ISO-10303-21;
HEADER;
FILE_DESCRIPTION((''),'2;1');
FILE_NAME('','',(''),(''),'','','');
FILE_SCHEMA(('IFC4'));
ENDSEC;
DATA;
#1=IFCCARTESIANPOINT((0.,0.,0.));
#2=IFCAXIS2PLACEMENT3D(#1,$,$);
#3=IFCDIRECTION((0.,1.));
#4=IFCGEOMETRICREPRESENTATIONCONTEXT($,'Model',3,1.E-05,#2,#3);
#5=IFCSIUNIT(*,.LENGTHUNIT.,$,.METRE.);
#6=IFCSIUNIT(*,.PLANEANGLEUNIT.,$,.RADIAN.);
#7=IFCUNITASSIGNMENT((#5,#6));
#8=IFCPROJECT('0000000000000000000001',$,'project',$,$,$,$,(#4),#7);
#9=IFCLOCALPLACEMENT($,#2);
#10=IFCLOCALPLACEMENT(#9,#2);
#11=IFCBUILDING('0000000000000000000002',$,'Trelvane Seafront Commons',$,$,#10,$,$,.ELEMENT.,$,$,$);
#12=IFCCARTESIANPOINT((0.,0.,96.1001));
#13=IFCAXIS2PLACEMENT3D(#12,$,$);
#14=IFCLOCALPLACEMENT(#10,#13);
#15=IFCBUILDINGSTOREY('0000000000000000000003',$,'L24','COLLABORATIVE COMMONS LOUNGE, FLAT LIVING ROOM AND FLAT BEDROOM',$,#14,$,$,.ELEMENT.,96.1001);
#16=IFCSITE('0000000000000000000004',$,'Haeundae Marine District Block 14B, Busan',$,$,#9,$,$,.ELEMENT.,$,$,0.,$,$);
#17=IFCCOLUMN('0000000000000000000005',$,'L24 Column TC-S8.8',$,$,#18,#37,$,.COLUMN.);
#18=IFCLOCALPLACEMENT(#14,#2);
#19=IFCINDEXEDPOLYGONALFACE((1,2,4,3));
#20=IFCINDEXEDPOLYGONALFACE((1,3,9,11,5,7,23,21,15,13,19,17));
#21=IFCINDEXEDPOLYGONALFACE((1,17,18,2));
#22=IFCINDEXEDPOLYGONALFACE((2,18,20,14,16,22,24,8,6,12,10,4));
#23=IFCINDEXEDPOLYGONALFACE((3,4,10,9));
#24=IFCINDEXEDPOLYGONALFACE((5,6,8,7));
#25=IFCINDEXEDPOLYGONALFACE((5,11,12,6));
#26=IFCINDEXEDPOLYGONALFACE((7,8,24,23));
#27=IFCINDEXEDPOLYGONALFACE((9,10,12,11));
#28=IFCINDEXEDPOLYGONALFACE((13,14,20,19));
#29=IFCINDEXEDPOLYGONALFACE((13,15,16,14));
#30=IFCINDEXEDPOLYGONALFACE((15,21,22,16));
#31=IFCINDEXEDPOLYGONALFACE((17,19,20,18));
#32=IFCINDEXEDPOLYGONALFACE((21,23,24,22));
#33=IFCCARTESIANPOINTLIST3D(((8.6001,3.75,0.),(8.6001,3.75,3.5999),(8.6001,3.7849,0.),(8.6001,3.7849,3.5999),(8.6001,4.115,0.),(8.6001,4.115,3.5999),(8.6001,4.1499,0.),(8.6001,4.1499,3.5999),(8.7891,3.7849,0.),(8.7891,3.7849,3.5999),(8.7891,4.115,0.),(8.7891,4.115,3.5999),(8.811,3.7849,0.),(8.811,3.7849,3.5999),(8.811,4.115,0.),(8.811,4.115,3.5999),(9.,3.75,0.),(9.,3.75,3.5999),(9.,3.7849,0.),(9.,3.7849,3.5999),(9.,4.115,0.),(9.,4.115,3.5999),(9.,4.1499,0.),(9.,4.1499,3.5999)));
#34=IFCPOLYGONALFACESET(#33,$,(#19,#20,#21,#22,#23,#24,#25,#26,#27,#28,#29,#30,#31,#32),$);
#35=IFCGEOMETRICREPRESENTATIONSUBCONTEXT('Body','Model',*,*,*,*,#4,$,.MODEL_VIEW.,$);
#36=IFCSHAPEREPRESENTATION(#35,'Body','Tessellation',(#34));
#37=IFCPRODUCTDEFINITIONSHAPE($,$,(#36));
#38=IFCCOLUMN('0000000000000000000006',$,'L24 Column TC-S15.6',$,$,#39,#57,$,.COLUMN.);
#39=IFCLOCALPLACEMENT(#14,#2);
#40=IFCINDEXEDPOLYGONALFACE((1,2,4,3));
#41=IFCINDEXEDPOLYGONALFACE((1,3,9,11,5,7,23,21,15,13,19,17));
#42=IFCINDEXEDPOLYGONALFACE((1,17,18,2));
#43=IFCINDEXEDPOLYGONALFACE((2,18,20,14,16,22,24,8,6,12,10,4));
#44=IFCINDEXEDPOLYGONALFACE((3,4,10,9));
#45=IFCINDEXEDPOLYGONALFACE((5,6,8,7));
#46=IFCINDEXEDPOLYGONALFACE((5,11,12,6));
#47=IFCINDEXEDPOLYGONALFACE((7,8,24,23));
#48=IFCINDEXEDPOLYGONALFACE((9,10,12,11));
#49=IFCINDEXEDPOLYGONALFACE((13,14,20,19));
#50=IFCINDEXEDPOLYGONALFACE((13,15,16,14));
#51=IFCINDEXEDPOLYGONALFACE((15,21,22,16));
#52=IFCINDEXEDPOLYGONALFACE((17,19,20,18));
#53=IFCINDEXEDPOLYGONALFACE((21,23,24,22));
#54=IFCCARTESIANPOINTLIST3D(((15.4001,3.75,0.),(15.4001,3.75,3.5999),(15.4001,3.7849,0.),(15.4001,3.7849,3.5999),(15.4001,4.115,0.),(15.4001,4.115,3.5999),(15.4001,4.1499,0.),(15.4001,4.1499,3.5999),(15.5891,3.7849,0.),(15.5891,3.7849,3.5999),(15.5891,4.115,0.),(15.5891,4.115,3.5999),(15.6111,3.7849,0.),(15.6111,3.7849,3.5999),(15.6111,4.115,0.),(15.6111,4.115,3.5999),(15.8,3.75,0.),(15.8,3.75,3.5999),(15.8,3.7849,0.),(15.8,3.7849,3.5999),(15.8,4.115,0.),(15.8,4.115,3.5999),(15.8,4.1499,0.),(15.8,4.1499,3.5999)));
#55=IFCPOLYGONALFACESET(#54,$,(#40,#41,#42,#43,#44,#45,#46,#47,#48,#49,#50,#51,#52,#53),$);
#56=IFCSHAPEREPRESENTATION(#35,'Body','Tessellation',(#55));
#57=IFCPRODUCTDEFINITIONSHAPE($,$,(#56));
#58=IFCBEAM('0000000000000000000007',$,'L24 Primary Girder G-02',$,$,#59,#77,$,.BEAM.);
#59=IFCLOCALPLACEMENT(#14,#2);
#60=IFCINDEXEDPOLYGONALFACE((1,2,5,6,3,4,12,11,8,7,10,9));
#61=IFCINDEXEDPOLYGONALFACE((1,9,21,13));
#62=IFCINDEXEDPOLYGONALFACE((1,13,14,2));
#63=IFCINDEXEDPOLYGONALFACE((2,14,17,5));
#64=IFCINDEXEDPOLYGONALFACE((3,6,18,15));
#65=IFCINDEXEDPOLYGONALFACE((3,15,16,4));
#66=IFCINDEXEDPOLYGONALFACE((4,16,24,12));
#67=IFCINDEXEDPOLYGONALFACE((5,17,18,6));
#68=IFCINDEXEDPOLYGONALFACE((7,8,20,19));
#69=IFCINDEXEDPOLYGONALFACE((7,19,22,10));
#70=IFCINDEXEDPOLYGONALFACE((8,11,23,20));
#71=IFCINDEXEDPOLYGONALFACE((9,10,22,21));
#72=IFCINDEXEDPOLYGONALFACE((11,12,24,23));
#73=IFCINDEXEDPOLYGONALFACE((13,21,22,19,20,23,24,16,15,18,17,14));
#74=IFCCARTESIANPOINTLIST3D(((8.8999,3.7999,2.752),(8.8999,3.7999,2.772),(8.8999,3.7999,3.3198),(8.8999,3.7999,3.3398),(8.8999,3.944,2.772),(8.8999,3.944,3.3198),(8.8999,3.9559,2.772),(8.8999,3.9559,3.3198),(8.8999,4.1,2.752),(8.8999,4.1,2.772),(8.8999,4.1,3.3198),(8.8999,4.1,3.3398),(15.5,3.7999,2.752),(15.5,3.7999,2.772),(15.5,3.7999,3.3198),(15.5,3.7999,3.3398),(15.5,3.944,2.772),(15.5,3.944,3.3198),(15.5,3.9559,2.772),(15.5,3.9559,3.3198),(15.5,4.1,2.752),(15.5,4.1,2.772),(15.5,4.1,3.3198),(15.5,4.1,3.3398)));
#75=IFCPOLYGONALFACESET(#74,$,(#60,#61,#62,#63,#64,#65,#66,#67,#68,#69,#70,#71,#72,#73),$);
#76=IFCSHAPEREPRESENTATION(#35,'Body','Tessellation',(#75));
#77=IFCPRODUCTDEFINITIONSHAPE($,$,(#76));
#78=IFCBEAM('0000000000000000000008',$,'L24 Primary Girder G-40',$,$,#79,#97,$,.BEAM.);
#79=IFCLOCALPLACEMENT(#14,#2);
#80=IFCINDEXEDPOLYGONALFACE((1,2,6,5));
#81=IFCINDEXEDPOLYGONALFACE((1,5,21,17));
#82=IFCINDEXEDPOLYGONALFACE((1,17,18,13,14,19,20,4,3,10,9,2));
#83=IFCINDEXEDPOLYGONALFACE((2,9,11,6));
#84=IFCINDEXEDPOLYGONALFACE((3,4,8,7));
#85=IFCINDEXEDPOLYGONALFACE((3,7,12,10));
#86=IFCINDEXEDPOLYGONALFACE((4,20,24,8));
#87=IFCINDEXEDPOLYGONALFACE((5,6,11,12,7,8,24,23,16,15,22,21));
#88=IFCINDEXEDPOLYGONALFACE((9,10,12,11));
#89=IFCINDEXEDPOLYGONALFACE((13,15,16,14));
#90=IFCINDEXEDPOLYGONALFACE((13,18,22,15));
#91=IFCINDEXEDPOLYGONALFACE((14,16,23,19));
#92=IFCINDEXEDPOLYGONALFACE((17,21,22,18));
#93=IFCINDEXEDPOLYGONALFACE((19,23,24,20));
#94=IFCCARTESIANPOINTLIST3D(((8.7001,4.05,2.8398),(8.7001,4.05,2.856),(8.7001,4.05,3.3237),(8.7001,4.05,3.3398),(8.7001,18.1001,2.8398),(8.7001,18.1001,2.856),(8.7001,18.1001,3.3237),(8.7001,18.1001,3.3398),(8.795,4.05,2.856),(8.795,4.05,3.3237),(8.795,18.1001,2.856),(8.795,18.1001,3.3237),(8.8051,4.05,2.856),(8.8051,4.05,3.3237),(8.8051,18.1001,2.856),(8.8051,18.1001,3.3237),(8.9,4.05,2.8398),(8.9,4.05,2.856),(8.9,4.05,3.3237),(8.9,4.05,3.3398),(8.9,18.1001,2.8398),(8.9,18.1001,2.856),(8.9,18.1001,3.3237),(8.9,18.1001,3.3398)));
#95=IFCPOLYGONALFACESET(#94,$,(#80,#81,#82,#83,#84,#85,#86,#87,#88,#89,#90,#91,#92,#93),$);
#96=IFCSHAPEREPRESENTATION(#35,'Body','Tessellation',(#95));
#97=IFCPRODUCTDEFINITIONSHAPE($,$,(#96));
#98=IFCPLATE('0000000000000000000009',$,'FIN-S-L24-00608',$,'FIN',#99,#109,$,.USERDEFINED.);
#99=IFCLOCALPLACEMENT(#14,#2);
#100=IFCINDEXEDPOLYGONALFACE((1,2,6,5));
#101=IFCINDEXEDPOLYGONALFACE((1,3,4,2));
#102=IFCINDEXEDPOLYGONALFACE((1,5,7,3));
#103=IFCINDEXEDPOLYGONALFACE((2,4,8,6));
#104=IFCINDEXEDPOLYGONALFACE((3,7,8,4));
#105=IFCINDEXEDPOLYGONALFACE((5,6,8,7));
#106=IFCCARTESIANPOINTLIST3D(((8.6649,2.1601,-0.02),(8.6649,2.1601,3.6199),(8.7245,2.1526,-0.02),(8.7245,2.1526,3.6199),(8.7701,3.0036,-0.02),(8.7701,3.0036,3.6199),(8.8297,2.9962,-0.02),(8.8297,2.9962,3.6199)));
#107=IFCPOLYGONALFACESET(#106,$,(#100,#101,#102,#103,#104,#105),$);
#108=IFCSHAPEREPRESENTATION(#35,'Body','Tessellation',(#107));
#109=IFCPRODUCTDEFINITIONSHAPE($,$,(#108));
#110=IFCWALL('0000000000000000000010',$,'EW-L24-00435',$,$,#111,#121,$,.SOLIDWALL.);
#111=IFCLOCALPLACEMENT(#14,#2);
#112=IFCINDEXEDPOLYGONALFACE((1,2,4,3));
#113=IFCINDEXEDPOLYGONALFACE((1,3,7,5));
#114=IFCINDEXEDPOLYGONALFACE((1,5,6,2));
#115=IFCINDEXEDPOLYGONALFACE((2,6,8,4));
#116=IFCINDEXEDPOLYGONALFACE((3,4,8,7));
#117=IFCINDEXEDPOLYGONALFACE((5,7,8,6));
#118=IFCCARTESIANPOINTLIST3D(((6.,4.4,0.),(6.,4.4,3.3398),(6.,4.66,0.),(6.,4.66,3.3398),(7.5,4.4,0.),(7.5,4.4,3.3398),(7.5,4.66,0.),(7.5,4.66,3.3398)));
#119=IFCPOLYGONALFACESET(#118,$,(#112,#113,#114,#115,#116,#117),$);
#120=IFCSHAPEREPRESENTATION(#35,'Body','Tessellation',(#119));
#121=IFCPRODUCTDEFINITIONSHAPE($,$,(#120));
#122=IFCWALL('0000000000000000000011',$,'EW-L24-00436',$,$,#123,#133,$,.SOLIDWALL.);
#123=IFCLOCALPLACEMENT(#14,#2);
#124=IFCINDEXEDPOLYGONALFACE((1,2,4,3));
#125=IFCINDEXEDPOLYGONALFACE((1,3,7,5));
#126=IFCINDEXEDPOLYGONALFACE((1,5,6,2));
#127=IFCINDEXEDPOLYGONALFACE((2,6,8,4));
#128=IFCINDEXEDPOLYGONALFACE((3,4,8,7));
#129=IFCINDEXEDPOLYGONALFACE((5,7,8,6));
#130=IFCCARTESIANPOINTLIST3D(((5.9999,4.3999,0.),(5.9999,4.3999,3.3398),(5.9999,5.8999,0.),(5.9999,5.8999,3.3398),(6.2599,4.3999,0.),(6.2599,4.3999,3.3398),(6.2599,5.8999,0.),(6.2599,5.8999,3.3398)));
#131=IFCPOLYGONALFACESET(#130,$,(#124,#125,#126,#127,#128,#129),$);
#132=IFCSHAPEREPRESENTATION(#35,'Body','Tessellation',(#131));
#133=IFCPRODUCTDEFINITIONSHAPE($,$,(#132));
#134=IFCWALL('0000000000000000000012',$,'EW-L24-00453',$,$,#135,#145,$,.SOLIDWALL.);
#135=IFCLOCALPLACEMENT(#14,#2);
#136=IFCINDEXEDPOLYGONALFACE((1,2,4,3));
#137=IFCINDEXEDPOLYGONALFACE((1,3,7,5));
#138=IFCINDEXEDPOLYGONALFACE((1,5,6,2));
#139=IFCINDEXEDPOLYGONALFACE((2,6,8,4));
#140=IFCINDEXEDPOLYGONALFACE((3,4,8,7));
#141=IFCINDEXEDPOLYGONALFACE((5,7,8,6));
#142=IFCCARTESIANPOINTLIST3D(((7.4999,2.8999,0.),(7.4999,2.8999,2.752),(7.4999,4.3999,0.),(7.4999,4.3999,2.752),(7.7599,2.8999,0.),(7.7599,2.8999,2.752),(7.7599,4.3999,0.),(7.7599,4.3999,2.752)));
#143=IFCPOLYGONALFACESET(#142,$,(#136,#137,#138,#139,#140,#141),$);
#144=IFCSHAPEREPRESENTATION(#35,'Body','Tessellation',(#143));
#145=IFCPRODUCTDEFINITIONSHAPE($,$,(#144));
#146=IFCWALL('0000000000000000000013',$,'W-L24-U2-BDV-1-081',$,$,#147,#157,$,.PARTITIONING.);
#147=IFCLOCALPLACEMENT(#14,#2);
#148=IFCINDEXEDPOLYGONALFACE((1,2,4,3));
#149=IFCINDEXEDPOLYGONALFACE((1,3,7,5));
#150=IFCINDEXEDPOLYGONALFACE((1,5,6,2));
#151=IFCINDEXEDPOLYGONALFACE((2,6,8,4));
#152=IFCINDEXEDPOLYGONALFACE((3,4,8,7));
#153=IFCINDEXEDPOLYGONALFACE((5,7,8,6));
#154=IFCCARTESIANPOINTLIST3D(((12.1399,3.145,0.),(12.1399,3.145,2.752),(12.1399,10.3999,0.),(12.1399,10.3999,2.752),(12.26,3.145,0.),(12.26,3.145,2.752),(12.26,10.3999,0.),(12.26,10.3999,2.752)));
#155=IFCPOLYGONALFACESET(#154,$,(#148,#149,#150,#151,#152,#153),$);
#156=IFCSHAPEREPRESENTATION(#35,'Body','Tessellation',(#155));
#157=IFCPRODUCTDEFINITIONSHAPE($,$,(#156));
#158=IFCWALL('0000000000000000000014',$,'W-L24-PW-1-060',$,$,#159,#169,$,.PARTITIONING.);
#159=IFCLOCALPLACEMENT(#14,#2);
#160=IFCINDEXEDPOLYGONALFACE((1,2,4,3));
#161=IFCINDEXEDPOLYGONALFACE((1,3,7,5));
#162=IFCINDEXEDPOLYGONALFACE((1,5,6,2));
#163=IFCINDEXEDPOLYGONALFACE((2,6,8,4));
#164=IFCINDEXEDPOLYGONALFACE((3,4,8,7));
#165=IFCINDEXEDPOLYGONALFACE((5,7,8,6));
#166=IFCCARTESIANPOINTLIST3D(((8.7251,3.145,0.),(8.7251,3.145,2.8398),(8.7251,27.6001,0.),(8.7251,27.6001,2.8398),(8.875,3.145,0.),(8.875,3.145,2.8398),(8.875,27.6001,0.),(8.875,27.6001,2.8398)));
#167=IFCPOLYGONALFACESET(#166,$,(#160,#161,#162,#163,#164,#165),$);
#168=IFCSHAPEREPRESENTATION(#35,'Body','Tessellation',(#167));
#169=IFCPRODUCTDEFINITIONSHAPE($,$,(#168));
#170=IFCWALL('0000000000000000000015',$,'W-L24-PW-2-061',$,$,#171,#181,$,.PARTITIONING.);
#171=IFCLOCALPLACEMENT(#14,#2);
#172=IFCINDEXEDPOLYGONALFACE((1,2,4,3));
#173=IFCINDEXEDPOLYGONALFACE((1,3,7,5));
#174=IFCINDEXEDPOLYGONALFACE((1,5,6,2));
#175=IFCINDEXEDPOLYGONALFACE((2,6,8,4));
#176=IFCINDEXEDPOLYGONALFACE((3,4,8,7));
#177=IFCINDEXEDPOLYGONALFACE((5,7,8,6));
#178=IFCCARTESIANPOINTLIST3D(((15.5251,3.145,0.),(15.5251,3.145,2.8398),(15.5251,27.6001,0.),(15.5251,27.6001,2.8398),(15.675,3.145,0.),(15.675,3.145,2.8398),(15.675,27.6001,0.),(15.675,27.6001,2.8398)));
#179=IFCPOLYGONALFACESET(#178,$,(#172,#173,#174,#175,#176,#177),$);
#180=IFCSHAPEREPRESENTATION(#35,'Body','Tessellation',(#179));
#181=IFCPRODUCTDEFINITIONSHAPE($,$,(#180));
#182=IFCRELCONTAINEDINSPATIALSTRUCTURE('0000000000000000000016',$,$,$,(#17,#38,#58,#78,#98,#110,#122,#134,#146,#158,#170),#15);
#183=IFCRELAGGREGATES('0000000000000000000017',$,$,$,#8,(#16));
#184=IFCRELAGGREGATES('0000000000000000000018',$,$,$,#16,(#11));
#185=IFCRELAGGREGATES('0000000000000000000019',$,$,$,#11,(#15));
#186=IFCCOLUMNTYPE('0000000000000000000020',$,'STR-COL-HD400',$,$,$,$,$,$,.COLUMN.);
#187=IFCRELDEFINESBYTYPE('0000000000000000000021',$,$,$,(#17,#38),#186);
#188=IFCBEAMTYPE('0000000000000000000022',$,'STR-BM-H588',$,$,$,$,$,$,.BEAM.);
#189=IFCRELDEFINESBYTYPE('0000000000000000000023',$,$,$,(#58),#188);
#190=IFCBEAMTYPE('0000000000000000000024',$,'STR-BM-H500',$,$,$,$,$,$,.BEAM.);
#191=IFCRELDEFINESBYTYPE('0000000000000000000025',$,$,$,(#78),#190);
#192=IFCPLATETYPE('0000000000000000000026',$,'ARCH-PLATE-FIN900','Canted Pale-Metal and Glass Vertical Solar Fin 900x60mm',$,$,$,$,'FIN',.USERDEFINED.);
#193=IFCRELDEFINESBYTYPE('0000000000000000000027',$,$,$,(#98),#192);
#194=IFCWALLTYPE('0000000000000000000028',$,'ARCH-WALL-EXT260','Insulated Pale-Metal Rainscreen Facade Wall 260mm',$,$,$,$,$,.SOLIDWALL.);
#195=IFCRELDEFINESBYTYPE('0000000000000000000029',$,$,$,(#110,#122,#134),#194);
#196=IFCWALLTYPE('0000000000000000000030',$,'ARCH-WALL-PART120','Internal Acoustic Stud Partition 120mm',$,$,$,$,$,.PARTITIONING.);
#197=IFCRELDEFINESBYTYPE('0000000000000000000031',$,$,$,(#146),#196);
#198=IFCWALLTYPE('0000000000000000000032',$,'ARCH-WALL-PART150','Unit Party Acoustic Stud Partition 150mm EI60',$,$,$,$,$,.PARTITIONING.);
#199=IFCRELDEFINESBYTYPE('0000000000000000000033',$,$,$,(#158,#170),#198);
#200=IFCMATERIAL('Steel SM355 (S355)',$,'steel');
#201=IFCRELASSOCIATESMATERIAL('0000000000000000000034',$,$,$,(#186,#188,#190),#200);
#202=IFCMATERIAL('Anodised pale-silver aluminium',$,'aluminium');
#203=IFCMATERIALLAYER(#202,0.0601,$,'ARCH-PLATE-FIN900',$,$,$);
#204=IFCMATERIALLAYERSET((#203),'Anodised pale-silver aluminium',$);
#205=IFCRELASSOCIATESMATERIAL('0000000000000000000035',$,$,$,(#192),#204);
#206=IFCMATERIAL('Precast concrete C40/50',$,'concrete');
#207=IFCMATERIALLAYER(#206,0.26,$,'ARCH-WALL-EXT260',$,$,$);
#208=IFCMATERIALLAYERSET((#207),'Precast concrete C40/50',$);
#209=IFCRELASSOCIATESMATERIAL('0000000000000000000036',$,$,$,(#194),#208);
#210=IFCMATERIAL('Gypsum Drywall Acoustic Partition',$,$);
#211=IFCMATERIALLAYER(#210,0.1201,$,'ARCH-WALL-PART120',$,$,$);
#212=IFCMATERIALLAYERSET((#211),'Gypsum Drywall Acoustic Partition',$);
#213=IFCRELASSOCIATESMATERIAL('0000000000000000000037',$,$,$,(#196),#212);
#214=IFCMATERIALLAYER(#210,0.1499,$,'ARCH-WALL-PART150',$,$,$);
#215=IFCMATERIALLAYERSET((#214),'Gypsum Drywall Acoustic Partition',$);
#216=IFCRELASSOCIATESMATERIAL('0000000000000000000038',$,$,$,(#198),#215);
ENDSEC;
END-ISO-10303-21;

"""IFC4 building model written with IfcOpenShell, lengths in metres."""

from ifc_helpers import new_model, si_unit, direction, frame, frame_2d, origin, origin_2d, place, context, subcontext, project, spatial, rectangle, i_section, extrude, source, transform, mapped, material, layer, layer_set, material_profile, profile_set, type_object, element, save


model = new_model("IFC4")

# Units and contexts
model_context = context("Model", 3, precision=1e-05, world=origin(), true_north=direction((0.0, 1.0)))
body_context = subcontext(model_context, "Body", "Model", "MODEL_VIEW")
ifc_project = project(units=[si_unit("LENGTHUNIT", "METRE"), si_unit("PLANEANGLEUNIT", "RADIAN")], contexts=[model_context])

# Site, building, storey
site_placement = place(None, origin())
site = spatial("IfcSite", under=ifc_project, at=site_placement, Name="Haeundae Marine District Block 14B, Busan", CompositionType="ELEMENT", RefElevation=0.0)
building_placement = place(site_placement, origin())
building = spatial("IfcBuilding", under=site, at=building_placement, Name="Trelvane Seafront Commons", CompositionType="ELEMENT")
storey_placement = place(building_placement, frame((0.0, 0.0, 96.1001)))
storey = spatial("IfcBuildingStorey", under=building, at=storey_placement, Name="L24", Description="COLLABORATIVE COMMONS LOUNGE, FLAT LIVING ROOM AND FLAT BEDROOM", CompositionType="ELEMENT", Elevation=96.1001)

# Columns
ifc_material_1 = material(Name="Steel SM355 (S355)", Category="steel")
ifc_material_profile_1 = material_profile(ifc_material_1, i_section(OverallWidth=0.3999, OverallDepth=0.3999, WebThickness=0.022, FlangeThickness=0.0349, at=origin_2d()), Name="HD-400x400x22x35")
ifc_profile_set_1 = profile_set([ifc_material_profile_1], Name="Steel SM355 (S355)")
column_type = type_object("IfcColumnType", Name="STR-COL-HD400", PredefinedType="COLUMN", material=ifc_profile_set_1)
shared_shape_1 = source(origin(), body_context, "Body", "SweptSolid", [
    extrude(i_section(OverallWidth=0.3999, OverallDepth=0.3999, WebThickness=0.022, FlangeThickness=0.0349, at=origin_2d()), origin(), (0.0, 0.0, 1.0), 3.5999),
])
for number, where, z_axis, x_axis, name in (
    (1, (8.8, 3.95, 0.0), (0.0, 0.0, 1.0), (1.0, 0.0, 0.0), "L24 Column TC-S8.8"),
    (2, (15.6001, 3.95, 0.0), (0.0, 0.0, 1.0), (1.0, 0.0, 0.0), "L24 Column TC-S15.6"),
):
    element("IfcColumn", number, at=place(storey_placement, frame(where, z_axis=z_axis, x_axis=x_axis)), inside=storey, type_object=column_type, Name=name, PredefinedType="COLUMN", context=body_context, shape_type="MappedRepresentation", body=[
        mapped(shared_shape_1, transform((0.0, 0.0, 0.0), x_axis=(1.0, 0.0, 0.0), y_axis=(0.0, 1.0, 0.0), z_axis=(0.0, 0.0, 1.0), scale=1.0)),
    ])

# Beams
ifc_material_profile_2 = material_profile(ifc_material_1, i_section(OverallWidth=0.3, OverallDepth=0.5879, WebThickness=0.012, FlangeThickness=0.02, at=origin_2d()), Name="H-588x300x12x20")
ifc_profile_set_2 = profile_set([ifc_material_profile_2], Name="Steel SM355 (S355)")
beam_type_1 = type_object("IfcBeamType", Name="STR-BM-H588", PredefinedType="BEAM", material=ifc_profile_set_2)
shared_shape_2 = source(origin(), body_context, "Body", "SweptSolid", [
    extrude(i_section(OverallWidth=0.3, OverallDepth=0.5879, WebThickness=0.012, FlangeThickness=0.02, at=origin_2d()), origin(), (0.0, 0.0, 1.0), 6.6001),
])
beam_1_placement = place(storey_placement, frame((8.8999, 3.95, 3.0459), z_axis=(1.0, 0.0, 0.0), x_axis=(0.0, 1.0, 0.0)))
element("IfcBeam", 3, at=beam_1_placement, inside=storey, type_object=beam_type_1, Name="L24 Primary Girder G-02", PredefinedType="BEAM", context=body_context, shape_type="MappedRepresentation", body=[
    mapped(shared_shape_2, transform((0.0, 0.0, 0.0), x_axis=(1.0, 0.0, 0.0), y_axis=(0.0, 1.0, 0.0), z_axis=(0.0, 0.0, 1.0), scale=1.0)),
])
ifc_material_profile_3 = material_profile(ifc_material_1, i_section(OverallWidth=0.2, OverallDepth=0.5, WebThickness=0.01, FlangeThickness=0.0161, at=origin_2d()), Name="H-500x200x10x16")
ifc_profile_set_3 = profile_set([ifc_material_profile_3], Name="Steel SM355 (S355)")
beam_type_2 = type_object("IfcBeamType", Name="STR-BM-H500", PredefinedType="BEAM", material=ifc_profile_set_3)
shared_shape_3 = source(origin(), body_context, "Body", "SweptSolid", [
    extrude(i_section(OverallWidth=0.2, OverallDepth=0.5, WebThickness=0.01, FlangeThickness=0.0161, at=origin_2d()), origin(), (0.0, 0.0, 1.0), 14.05),
])
beam_2_placement = place(storey_placement, frame((8.8, 4.05, 3.0898), z_axis=(0.0, 1.0, 0.0), x_axis=(-1.0, 0.0, 0.0)))
element("IfcBeam", 4, at=beam_2_placement, inside=storey, type_object=beam_type_2, Name="L24 Primary Girder G-40", PredefinedType="BEAM", context=body_context, shape_type="MappedRepresentation", body=[
    mapped(shared_shape_3, transform((0.0, 0.0, 0.0), x_axis=(1.0, 0.0, 0.0), y_axis=(0.0, 1.0, 0.0), z_axis=(0.0, 0.0, 1.0), scale=1.0)),
])

# Plate
ifc_material_2 = material(Name="Anodised pale-silver aluminium", Category="aluminium")
ifc_layer_1 = layer(ifc_material_2, 0.0601, Name="ARCH-PLATE-FIN900")
ifc_layer_set_1 = layer_set([ifc_layer_1], Name="Anodised pale-silver aluminium")
plate_type = type_object("IfcPlateType", Name="ARCH-PLATE-FIN900", Description="Canted Pale-Metal and Glass Vertical Solar Fin 900x60mm", ElementType="FIN", PredefinedType="USERDEFINED", material=ifc_layer_set_1)
shared_shape_4 = source(origin(), body_context, "Body", "SweptSolid", [
    extrude(rectangle(XDim=0.8501, YDim=0.0601, at=origin_2d()), origin(), (0.0, 0.0, 1.0), 3.6399),
])
plate_placement = place(storey_placement, frame((8.7473, 2.5781, -0.02), z_axis=(0.0, 0.0, 1.0), x_axis=(-0.123759, -0.992312, 0.0)))
element("IfcPlate", 5, at=plate_placement, inside=storey, type_object=plate_type, Name="FIN-S-L24-00608", ObjectType="FIN", PredefinedType="USERDEFINED", context=body_context, shape_type="MappedRepresentation", body=[
    mapped(shared_shape_4, transform((0.0, 0.0, 0.0), x_axis=(1.0, 0.0, 0.0), y_axis=(0.0, 1.0, 0.0), z_axis=(0.0, 0.0, 1.0), scale=1.0)),
])

# Walls
ifc_material_3 = material(Name="Precast concrete C40/50", Category="concrete")
ifc_layer_2 = layer(ifc_material_3, 0.26, Name="ARCH-WALL-EXT260")
ifc_layer_set_2 = layer_set([ifc_layer_2], Name="Precast concrete C40/50")
wall_type_1 = type_object("IfcWallType", Name="ARCH-WALL-EXT260", Description="Insulated Pale-Metal Rainscreen Facade Wall 260mm", PredefinedType="SOLIDWALL", material=ifc_layer_set_2)
for number, where, z_axis, x_axis, name in (
    (6, (7.5, 4.53, 0.0), (0.0, 0.0, 1.0), (-1.0, 0.0, 0.0), "EW-L24-00435"),
    (7, (6.1299, 4.3999, 0.0), (0.0, 0.0, 1.0), (0.0, 1.0, 0.0), "EW-L24-00436"),
):
    element("IfcWall", number, at=place(storey_placement, frame(where, z_axis=z_axis, x_axis=x_axis)), inside=storey, type_object=wall_type_1, Name=name, PredefinedType="SOLIDWALL", context=body_context, shape_type="SweptSolid", body=[
        extrude(rectangle(XDim=1.5, YDim=0.26, at=frame_2d((0.75, 0.0))), origin(), (0.0, 0.0, 1.0), 3.3398),
    ])
wall_1_placement = place(storey_placement, frame((7.6299, 2.8999, 0.0), z_axis=(0.0, 0.0, 1.0), x_axis=(0.0, 1.0, 0.0)))
element("IfcWall", 8, at=wall_1_placement, inside=storey, type_object=wall_type_1, Name="EW-L24-00453", PredefinedType="SOLIDWALL", context=body_context, shape_type="SweptSolid", body=[
    extrude(rectangle(XDim=1.5, YDim=0.26, at=frame_2d((0.75, 0.0))), origin(), (0.0, 0.0, 1.0), 2.752),
])

# Shared definitions
ifc_material_4 = material(Name="Gypsum Drywall Acoustic Partition")
ifc_layer_3 = layer(ifc_material_4, 0.1201, Name="ARCH-WALL-PART120")
ifc_layer_set_3 = layer_set([ifc_layer_3], Name="Gypsum Drywall Acoustic Partition")
wall_type_2 = type_object("IfcWallType", Name="ARCH-WALL-PART120", Description="Internal Acoustic Stud Partition 120mm", PredefinedType="PARTITIONING", material=ifc_layer_set_3)

# Walls
wall_2_placement = place(storey_placement, frame((12.2, 3.145, 0.0), z_axis=(0.0, 0.0, 1.0), x_axis=(0.0, 1.0, 0.0)))
element("IfcWall", 9, at=wall_2_placement, inside=storey, type_object=wall_type_2, Name="W-L24-U2-BDV-1-081", PredefinedType="PARTITIONING", context=body_context, shape_type="SweptSolid", body=[
    extrude(rectangle(XDim=7.2549, YDim=0.1201, at=frame_2d((3.6274, 0.0))), origin(), (0.0, 0.0, 1.0), 2.752),
])
ifc_layer_4 = layer(ifc_material_4, 0.1499, Name="ARCH-WALL-PART150")
ifc_layer_set_4 = layer_set([ifc_layer_4], Name="Gypsum Drywall Acoustic Partition")
wall_type_3 = type_object("IfcWallType", Name="ARCH-WALL-PART150", Description="Unit Party Acoustic Stud Partition 150mm EI60", PredefinedType="PARTITIONING", material=ifc_layer_set_4)
for number, where, z_axis, x_axis, name in (
    (10, (8.8, 3.145, 0.0), (0.0, 0.0, 1.0), (0.0, 1.0, 0.0), "W-L24-PW-1-060"),
    (11, (15.6001, 3.145, 0.0), (0.0, 0.0, 1.0), (0.0, 1.0, 0.0), "W-L24-PW-2-061"),
):
    element("IfcWall", number, at=place(storey_placement, frame(where, z_axis=z_axis, x_axis=x_axis)), inside=storey, type_object=wall_type_3, Name=name, PredefinedType="PARTITIONING", context=body_context, shape_type="SweptSolid", body=[
        extrude(rectangle(XDim=24.4551, YDim=0.1499, at=frame_2d((12.2275, 0.0))), origin(), (0.0, 0.0, 1.0), 2.8398),
    ])

save(model, "model.ifc")
